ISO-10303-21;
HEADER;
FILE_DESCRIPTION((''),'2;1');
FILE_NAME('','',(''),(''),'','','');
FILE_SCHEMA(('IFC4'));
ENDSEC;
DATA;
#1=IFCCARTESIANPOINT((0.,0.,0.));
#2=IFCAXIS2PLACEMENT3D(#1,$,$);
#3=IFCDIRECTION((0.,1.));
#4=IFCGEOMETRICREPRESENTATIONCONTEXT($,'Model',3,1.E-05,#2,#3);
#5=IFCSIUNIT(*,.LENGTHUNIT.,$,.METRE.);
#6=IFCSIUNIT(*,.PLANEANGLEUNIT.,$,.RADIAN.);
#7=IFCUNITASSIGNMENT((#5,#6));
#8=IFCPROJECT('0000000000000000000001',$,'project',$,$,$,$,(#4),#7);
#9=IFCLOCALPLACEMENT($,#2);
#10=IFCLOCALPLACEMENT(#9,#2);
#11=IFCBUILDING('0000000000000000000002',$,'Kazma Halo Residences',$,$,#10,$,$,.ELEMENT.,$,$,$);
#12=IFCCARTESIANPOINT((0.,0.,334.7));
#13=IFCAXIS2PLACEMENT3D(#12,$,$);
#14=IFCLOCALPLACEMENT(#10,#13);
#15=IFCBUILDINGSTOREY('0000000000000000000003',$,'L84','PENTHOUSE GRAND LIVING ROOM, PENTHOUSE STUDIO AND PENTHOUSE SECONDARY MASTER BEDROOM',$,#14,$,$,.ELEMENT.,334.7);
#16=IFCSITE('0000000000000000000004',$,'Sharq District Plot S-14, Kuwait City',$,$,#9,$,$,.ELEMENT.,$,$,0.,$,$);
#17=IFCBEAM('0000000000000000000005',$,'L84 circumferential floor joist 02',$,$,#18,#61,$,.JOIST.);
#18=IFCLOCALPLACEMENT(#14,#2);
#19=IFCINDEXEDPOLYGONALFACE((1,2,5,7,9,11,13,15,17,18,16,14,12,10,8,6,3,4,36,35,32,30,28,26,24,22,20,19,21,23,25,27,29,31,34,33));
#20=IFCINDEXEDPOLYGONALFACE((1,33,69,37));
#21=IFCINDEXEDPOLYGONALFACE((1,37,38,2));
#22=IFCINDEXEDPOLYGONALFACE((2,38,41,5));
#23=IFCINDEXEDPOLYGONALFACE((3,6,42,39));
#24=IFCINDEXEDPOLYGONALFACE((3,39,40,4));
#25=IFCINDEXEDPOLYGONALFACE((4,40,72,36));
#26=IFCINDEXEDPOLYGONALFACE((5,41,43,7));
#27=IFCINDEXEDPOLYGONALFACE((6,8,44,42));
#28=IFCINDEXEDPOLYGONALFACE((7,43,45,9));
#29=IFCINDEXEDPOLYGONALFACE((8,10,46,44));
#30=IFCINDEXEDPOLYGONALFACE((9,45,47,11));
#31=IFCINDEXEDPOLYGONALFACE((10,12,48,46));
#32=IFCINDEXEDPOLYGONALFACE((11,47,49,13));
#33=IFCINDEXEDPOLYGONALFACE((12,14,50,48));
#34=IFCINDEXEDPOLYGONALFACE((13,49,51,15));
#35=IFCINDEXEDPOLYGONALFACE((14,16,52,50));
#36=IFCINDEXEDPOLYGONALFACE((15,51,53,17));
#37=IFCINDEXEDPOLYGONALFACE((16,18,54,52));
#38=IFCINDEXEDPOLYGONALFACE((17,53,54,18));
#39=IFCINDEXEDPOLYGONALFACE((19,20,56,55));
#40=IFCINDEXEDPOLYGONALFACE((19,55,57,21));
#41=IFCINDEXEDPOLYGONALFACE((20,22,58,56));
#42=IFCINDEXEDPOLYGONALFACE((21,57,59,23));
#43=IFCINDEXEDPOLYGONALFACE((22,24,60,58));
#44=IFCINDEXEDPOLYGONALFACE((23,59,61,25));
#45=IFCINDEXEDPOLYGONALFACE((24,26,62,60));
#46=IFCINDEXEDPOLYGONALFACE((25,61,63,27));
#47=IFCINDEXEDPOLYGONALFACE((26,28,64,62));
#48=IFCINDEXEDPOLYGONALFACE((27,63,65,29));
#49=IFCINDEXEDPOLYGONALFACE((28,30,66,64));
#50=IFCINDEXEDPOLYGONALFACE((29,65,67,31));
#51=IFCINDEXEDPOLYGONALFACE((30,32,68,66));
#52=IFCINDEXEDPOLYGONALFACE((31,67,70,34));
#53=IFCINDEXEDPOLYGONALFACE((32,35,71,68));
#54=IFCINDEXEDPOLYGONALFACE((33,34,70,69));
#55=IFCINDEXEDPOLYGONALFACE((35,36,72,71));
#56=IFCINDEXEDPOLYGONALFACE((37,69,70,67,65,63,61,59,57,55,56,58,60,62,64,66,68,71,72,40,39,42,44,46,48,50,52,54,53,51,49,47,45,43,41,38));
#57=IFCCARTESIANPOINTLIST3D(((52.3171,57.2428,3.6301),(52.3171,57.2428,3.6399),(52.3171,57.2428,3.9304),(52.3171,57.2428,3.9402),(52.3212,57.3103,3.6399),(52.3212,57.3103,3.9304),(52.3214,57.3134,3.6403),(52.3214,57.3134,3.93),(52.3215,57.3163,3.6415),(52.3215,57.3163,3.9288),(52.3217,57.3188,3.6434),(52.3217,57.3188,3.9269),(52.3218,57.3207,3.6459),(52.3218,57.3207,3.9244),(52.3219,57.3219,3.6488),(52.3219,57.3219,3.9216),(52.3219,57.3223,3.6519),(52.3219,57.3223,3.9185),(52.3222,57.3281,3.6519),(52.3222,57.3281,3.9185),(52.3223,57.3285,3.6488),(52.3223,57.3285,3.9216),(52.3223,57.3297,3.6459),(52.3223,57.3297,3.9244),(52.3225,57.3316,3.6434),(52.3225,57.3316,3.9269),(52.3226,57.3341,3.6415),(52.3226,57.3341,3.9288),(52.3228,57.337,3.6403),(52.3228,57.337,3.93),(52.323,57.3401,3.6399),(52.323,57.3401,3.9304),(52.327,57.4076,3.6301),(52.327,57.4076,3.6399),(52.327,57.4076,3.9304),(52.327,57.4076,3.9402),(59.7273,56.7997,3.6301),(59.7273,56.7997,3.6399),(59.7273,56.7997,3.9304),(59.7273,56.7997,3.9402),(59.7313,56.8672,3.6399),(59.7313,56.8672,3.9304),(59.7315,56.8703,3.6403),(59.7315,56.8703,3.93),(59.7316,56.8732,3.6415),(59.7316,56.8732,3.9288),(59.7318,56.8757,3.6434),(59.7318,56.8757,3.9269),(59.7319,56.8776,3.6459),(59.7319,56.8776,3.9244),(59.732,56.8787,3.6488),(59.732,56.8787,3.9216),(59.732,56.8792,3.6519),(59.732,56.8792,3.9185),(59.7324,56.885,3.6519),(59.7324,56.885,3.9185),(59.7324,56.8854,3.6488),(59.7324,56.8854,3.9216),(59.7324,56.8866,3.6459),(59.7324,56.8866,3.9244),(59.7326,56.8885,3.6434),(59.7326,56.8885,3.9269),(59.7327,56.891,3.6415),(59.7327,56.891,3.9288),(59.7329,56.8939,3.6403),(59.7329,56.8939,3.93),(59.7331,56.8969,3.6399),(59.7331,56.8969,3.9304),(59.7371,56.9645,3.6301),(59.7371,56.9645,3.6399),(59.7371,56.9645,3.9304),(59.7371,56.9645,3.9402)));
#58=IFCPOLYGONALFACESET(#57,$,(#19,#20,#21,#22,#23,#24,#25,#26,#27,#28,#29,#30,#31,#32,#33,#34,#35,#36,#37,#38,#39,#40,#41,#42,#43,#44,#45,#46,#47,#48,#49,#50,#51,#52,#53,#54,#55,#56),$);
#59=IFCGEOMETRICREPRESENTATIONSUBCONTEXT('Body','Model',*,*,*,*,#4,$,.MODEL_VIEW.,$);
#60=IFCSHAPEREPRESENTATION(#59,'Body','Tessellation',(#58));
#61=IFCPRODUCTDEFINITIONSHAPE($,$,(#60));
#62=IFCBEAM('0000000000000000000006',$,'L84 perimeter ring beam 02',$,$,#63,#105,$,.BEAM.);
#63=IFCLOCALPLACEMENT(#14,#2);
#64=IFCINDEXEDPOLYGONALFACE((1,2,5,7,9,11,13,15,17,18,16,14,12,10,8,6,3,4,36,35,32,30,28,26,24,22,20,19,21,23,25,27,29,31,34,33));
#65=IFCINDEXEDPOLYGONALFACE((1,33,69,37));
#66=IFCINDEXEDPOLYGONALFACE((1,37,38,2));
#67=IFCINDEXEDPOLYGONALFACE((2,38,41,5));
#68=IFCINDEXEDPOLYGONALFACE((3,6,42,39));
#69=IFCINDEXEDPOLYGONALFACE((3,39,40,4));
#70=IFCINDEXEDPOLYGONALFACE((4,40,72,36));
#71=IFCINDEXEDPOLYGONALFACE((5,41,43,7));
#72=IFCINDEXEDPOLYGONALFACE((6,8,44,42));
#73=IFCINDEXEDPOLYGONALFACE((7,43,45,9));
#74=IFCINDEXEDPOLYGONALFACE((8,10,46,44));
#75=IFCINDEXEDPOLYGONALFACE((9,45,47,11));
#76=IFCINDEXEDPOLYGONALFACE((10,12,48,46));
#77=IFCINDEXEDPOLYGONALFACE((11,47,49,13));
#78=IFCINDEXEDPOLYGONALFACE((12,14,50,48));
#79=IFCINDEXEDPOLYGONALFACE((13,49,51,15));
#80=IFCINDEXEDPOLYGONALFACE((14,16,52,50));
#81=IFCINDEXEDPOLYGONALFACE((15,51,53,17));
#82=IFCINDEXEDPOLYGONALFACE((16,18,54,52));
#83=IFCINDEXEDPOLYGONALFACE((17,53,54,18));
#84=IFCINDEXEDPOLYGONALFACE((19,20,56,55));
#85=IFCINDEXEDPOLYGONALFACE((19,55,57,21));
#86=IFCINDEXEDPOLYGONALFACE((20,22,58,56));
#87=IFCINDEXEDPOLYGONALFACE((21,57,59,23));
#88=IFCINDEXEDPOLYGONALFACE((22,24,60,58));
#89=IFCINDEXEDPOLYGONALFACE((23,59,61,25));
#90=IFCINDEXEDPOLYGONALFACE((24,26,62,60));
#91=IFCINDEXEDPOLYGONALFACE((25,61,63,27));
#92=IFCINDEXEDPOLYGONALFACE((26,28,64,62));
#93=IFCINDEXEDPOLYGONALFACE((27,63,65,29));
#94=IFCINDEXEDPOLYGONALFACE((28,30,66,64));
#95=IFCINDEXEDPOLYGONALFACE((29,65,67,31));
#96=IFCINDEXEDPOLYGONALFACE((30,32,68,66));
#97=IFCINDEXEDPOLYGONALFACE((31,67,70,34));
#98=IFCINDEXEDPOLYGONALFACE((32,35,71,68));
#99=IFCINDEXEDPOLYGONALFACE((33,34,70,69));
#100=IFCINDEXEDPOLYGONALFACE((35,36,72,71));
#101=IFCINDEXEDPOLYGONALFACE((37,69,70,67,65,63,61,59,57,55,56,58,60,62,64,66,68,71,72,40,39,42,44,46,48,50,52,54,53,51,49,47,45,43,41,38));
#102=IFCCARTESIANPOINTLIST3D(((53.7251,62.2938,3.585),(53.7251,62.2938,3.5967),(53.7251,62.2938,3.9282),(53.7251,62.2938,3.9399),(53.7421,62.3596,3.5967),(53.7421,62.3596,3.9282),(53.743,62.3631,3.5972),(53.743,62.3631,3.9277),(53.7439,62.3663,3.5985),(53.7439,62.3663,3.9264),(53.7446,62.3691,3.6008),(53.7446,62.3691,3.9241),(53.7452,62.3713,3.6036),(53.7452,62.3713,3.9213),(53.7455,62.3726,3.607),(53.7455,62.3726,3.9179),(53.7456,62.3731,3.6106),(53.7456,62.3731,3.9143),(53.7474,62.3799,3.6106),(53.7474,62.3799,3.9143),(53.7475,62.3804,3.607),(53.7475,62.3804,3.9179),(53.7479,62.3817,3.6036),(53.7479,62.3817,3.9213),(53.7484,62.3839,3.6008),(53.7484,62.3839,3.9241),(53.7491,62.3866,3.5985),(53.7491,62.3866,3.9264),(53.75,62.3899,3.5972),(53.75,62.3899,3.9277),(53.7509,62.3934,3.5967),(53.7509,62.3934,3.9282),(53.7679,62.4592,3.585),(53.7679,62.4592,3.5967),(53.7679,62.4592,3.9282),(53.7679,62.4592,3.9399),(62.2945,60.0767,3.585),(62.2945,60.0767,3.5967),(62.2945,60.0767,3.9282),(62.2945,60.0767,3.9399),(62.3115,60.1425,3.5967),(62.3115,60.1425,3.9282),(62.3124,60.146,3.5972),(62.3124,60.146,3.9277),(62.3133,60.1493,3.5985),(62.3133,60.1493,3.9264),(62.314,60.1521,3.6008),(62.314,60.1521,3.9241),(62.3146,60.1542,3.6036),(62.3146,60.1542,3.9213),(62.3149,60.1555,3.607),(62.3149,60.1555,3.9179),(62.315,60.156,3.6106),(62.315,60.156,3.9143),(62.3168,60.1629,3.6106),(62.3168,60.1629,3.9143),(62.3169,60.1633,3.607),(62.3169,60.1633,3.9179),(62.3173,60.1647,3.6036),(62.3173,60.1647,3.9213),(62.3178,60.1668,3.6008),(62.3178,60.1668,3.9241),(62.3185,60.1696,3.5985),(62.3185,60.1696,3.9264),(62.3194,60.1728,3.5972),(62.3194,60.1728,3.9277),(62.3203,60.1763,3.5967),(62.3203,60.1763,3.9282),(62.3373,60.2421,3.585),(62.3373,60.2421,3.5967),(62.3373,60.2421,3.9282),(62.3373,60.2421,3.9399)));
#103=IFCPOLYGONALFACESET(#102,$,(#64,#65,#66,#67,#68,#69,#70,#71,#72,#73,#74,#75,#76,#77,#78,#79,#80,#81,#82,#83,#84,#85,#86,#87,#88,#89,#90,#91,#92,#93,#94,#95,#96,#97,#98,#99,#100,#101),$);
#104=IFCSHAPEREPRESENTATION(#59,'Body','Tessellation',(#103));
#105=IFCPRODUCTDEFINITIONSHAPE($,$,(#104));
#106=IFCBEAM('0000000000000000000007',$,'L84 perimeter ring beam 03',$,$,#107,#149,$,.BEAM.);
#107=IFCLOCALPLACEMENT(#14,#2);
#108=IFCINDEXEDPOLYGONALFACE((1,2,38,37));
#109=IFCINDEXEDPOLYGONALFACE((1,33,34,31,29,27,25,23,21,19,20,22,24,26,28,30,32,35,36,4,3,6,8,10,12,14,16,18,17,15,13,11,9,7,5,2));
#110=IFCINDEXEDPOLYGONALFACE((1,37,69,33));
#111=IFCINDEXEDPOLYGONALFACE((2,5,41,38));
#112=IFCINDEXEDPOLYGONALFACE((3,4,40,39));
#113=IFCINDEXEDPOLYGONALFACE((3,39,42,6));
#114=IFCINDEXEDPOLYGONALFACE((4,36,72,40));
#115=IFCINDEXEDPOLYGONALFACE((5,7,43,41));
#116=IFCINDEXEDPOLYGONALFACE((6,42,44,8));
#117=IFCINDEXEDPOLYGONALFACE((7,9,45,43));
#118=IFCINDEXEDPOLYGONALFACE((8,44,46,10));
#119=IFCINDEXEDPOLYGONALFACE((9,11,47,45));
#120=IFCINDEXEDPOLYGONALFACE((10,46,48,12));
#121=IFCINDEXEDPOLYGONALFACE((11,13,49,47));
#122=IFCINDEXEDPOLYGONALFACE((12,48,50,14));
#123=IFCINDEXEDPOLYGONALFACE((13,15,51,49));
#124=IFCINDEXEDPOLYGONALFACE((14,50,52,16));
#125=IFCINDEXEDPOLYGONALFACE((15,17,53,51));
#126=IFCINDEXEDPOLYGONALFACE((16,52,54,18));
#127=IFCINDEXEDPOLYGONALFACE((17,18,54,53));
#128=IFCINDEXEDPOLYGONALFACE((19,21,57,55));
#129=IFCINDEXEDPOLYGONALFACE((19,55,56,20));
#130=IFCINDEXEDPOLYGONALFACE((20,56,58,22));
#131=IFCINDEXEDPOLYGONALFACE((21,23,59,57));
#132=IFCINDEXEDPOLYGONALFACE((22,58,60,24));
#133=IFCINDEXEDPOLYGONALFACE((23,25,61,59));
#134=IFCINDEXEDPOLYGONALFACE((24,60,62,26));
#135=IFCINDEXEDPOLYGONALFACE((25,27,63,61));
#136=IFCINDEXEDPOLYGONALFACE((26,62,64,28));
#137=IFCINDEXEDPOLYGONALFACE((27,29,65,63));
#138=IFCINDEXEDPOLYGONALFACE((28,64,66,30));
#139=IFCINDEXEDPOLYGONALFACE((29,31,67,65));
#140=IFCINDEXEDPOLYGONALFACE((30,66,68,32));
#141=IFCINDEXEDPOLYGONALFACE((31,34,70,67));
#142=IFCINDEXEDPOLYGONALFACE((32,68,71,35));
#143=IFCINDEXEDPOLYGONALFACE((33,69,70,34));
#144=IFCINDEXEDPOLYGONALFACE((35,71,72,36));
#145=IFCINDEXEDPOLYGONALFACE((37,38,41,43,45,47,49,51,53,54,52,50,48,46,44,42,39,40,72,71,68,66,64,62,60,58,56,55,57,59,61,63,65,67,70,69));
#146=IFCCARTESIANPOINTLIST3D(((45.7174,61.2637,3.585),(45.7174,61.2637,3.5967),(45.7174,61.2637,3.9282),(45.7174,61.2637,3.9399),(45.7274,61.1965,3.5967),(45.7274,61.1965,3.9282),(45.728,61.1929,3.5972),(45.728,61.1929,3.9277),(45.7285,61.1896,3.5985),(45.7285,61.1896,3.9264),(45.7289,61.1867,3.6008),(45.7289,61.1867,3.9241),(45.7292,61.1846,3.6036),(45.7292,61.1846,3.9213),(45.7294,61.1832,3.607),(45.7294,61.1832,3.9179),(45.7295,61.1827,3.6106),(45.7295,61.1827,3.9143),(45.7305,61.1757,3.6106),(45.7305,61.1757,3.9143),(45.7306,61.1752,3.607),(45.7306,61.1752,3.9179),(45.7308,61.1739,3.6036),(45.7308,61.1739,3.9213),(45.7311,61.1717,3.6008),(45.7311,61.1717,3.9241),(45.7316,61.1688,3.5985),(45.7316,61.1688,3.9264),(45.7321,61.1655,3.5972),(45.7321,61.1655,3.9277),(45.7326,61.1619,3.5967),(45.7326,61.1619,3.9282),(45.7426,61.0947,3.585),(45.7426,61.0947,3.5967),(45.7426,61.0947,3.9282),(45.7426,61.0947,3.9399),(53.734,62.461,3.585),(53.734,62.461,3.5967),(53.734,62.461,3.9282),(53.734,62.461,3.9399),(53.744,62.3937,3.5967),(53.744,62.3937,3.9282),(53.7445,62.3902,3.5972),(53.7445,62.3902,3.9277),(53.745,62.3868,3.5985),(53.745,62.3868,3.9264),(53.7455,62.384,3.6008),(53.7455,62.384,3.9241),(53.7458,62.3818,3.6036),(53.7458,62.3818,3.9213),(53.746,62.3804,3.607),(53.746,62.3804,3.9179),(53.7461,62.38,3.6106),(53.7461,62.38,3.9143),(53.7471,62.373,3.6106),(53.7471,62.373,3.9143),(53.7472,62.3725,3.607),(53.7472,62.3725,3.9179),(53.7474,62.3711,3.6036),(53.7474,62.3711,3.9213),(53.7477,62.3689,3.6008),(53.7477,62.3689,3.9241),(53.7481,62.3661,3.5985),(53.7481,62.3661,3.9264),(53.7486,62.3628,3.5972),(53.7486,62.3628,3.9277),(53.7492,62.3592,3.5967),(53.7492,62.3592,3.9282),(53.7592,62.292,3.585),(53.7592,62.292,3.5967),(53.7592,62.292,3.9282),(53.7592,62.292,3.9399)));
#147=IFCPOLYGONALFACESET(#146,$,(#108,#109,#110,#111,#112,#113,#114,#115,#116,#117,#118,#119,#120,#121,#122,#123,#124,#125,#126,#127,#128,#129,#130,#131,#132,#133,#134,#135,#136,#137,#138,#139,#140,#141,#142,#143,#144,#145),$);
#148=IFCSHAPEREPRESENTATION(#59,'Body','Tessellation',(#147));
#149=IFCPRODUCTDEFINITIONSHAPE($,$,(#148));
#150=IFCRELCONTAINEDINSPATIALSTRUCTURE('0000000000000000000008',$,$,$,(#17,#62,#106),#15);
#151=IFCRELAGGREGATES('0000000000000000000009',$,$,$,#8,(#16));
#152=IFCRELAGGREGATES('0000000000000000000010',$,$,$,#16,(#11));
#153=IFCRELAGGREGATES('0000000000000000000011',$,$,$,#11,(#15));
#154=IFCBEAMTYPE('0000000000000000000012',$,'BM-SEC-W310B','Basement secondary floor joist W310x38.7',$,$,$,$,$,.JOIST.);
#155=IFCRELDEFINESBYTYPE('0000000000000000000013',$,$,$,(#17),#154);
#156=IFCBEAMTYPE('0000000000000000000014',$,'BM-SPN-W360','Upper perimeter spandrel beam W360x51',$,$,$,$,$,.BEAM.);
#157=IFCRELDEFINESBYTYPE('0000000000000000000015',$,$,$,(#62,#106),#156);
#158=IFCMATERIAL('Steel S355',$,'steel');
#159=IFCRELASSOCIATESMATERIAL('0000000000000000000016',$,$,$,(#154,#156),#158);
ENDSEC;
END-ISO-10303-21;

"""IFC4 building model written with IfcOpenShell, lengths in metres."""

from ifc_helpers import new_model, si_unit, direction, frame, origin, origin_2d, place, context, subcontext, project, spatial, i_section, extrude, material, material_profile, profile_set, type_object, element, save


model = new_model("IFC4")

# Units and contexts
model_context = context("Model", 3, precision=1e-05, world=origin(), true_north=direction((0.0, 1.0)))
body_context = subcontext(model_context, "Body", "Model", "MODEL_VIEW")
ifc_project = project(units=[si_unit("LENGTHUNIT", "METRE"), si_unit("PLANEANGLEUNIT", "RADIAN")], contexts=[model_context])

# Site, building, storey
site_placement = place(None, origin())
site = spatial("IfcSite", under=ifc_project, at=site_placement, Name="Sharq District Plot S-14, Kuwait City", CompositionType="ELEMENT", RefElevation=0.0)
building_placement = place(site_placement, origin())
building = spatial("IfcBuilding", under=site, at=building_placement, Name="Kazma Halo Residences", CompositionType="ELEMENT")
storey_placement = place(building_placement, frame((0.0, 0.0, 334.7)))
storey = spatial("IfcBuildingStorey", under=building, at=storey_placement, Name="L84", Description="PENTHOUSE GRAND LIVING ROOM, PENTHOUSE STUDIO AND PENTHOUSE SECONDARY MASTER BEDROOM", CompositionType="ELEMENT", Elevation=334.7)

# Beams
ifc_material_1 = material(Name="Steel S355", Category="steel")
ifc_material_profile_1 = material_profile(ifc_material_1, i_section(OverallWidth=0.165, OverallDepth=0.3101, WebThickness=0.0059, FlangeThickness=0.0098, FilletRadius=0.012, at=origin_2d()), Name="W310x38.7")
ifc_profile_set_1 = profile_set([ifc_material_profile_1], Name="Steel S355")
beam_type_1 = type_object("IfcBeamType", Name="BM-SEC-W310B", Description="Basement secondary floor joist W310x38.7", PredefinedType="JOIST", material=ifc_profile_set_1)
beam_1_placement = place(storey_placement, frame((59.7322, 56.8821, 3.7852), z_axis=(-0.998217, 0.059692, 0.0), x_axis=(-0.059692, -0.998217, 0.0)))
element("IfcBeam", 1, at=beam_1_placement, inside=storey, type_object=beam_type_1, Name="L84 circumferential floor joist 02", PredefinedType="JOIST", context=body_context, shape_type="SweptSolid", body=[
    extrude(i_section(OverallWidth=0.165, OverallDepth=0.3101, WebThickness=0.0059, FlangeThickness=0.0098, FilletRadius=0.012, at=origin_2d()), origin(), (0.0, 0.0, 1.0), 7.4233),
])
ifc_material_profile_2 = material_profile(ifc_material_1, i_section(OverallWidth=0.1709, OverallDepth=0.355, WebThickness=0.0071, FlangeThickness=0.0117, FilletRadius=0.0139, at=origin_2d()), Name="W360x51")
ifc_profile_set_2 = profile_set([ifc_material_profile_2], Name="Steel S355")
beam_type_2 = type_object("IfcBeamType", Name="BM-SPN-W360", Description="Upper perimeter spandrel beam W360x51", PredefinedType="BEAM", material=ifc_profile_set_2)
beam_2_placement = place(storey_placement, frame((62.3159, 60.1594, 3.7625), z_axis=(-0.968124, 0.250471, 0.0), x_axis=(-0.250471, -0.968124, 0.0)))
element("IfcBeam", 2, at=beam_2_placement, inside=storey, type_object=beam_type_2, Name="L84 perimeter ring beam 02", PredefinedType="BEAM", context=body_context, shape_type="SweptSolid", body=[
    extrude(i_section(OverallWidth=0.1709, OverallDepth=0.355, WebThickness=0.0071, FlangeThickness=0.0117, FilletRadius=0.0139, at=origin_2d()), origin(), (0.0, 0.0, 1.0), 8.8516),
])
beam_3_placement = place(storey_placement, frame((53.7466, 62.3765, 3.7625), z_axis=(-0.989031, -0.14771, 0.0), x_axis=(0.14771, -0.989031, 0.0)))
element("IfcBeam", 3, at=beam_3_placement, inside=storey, type_object=beam_type_2, Name="L84 perimeter ring beam 03", PredefinedType="BEAM", context=body_context, shape_type="SweptSolid", body=[
    extrude(i_section(OverallWidth=0.1709, OverallDepth=0.355, WebThickness=0.0071, FlangeThickness=0.0117, FilletRadius=0.0139, at=origin_2d()), origin(), (0.0, 0.0, 1.0), 8.1055),
])

save(model, "model.ifc")
